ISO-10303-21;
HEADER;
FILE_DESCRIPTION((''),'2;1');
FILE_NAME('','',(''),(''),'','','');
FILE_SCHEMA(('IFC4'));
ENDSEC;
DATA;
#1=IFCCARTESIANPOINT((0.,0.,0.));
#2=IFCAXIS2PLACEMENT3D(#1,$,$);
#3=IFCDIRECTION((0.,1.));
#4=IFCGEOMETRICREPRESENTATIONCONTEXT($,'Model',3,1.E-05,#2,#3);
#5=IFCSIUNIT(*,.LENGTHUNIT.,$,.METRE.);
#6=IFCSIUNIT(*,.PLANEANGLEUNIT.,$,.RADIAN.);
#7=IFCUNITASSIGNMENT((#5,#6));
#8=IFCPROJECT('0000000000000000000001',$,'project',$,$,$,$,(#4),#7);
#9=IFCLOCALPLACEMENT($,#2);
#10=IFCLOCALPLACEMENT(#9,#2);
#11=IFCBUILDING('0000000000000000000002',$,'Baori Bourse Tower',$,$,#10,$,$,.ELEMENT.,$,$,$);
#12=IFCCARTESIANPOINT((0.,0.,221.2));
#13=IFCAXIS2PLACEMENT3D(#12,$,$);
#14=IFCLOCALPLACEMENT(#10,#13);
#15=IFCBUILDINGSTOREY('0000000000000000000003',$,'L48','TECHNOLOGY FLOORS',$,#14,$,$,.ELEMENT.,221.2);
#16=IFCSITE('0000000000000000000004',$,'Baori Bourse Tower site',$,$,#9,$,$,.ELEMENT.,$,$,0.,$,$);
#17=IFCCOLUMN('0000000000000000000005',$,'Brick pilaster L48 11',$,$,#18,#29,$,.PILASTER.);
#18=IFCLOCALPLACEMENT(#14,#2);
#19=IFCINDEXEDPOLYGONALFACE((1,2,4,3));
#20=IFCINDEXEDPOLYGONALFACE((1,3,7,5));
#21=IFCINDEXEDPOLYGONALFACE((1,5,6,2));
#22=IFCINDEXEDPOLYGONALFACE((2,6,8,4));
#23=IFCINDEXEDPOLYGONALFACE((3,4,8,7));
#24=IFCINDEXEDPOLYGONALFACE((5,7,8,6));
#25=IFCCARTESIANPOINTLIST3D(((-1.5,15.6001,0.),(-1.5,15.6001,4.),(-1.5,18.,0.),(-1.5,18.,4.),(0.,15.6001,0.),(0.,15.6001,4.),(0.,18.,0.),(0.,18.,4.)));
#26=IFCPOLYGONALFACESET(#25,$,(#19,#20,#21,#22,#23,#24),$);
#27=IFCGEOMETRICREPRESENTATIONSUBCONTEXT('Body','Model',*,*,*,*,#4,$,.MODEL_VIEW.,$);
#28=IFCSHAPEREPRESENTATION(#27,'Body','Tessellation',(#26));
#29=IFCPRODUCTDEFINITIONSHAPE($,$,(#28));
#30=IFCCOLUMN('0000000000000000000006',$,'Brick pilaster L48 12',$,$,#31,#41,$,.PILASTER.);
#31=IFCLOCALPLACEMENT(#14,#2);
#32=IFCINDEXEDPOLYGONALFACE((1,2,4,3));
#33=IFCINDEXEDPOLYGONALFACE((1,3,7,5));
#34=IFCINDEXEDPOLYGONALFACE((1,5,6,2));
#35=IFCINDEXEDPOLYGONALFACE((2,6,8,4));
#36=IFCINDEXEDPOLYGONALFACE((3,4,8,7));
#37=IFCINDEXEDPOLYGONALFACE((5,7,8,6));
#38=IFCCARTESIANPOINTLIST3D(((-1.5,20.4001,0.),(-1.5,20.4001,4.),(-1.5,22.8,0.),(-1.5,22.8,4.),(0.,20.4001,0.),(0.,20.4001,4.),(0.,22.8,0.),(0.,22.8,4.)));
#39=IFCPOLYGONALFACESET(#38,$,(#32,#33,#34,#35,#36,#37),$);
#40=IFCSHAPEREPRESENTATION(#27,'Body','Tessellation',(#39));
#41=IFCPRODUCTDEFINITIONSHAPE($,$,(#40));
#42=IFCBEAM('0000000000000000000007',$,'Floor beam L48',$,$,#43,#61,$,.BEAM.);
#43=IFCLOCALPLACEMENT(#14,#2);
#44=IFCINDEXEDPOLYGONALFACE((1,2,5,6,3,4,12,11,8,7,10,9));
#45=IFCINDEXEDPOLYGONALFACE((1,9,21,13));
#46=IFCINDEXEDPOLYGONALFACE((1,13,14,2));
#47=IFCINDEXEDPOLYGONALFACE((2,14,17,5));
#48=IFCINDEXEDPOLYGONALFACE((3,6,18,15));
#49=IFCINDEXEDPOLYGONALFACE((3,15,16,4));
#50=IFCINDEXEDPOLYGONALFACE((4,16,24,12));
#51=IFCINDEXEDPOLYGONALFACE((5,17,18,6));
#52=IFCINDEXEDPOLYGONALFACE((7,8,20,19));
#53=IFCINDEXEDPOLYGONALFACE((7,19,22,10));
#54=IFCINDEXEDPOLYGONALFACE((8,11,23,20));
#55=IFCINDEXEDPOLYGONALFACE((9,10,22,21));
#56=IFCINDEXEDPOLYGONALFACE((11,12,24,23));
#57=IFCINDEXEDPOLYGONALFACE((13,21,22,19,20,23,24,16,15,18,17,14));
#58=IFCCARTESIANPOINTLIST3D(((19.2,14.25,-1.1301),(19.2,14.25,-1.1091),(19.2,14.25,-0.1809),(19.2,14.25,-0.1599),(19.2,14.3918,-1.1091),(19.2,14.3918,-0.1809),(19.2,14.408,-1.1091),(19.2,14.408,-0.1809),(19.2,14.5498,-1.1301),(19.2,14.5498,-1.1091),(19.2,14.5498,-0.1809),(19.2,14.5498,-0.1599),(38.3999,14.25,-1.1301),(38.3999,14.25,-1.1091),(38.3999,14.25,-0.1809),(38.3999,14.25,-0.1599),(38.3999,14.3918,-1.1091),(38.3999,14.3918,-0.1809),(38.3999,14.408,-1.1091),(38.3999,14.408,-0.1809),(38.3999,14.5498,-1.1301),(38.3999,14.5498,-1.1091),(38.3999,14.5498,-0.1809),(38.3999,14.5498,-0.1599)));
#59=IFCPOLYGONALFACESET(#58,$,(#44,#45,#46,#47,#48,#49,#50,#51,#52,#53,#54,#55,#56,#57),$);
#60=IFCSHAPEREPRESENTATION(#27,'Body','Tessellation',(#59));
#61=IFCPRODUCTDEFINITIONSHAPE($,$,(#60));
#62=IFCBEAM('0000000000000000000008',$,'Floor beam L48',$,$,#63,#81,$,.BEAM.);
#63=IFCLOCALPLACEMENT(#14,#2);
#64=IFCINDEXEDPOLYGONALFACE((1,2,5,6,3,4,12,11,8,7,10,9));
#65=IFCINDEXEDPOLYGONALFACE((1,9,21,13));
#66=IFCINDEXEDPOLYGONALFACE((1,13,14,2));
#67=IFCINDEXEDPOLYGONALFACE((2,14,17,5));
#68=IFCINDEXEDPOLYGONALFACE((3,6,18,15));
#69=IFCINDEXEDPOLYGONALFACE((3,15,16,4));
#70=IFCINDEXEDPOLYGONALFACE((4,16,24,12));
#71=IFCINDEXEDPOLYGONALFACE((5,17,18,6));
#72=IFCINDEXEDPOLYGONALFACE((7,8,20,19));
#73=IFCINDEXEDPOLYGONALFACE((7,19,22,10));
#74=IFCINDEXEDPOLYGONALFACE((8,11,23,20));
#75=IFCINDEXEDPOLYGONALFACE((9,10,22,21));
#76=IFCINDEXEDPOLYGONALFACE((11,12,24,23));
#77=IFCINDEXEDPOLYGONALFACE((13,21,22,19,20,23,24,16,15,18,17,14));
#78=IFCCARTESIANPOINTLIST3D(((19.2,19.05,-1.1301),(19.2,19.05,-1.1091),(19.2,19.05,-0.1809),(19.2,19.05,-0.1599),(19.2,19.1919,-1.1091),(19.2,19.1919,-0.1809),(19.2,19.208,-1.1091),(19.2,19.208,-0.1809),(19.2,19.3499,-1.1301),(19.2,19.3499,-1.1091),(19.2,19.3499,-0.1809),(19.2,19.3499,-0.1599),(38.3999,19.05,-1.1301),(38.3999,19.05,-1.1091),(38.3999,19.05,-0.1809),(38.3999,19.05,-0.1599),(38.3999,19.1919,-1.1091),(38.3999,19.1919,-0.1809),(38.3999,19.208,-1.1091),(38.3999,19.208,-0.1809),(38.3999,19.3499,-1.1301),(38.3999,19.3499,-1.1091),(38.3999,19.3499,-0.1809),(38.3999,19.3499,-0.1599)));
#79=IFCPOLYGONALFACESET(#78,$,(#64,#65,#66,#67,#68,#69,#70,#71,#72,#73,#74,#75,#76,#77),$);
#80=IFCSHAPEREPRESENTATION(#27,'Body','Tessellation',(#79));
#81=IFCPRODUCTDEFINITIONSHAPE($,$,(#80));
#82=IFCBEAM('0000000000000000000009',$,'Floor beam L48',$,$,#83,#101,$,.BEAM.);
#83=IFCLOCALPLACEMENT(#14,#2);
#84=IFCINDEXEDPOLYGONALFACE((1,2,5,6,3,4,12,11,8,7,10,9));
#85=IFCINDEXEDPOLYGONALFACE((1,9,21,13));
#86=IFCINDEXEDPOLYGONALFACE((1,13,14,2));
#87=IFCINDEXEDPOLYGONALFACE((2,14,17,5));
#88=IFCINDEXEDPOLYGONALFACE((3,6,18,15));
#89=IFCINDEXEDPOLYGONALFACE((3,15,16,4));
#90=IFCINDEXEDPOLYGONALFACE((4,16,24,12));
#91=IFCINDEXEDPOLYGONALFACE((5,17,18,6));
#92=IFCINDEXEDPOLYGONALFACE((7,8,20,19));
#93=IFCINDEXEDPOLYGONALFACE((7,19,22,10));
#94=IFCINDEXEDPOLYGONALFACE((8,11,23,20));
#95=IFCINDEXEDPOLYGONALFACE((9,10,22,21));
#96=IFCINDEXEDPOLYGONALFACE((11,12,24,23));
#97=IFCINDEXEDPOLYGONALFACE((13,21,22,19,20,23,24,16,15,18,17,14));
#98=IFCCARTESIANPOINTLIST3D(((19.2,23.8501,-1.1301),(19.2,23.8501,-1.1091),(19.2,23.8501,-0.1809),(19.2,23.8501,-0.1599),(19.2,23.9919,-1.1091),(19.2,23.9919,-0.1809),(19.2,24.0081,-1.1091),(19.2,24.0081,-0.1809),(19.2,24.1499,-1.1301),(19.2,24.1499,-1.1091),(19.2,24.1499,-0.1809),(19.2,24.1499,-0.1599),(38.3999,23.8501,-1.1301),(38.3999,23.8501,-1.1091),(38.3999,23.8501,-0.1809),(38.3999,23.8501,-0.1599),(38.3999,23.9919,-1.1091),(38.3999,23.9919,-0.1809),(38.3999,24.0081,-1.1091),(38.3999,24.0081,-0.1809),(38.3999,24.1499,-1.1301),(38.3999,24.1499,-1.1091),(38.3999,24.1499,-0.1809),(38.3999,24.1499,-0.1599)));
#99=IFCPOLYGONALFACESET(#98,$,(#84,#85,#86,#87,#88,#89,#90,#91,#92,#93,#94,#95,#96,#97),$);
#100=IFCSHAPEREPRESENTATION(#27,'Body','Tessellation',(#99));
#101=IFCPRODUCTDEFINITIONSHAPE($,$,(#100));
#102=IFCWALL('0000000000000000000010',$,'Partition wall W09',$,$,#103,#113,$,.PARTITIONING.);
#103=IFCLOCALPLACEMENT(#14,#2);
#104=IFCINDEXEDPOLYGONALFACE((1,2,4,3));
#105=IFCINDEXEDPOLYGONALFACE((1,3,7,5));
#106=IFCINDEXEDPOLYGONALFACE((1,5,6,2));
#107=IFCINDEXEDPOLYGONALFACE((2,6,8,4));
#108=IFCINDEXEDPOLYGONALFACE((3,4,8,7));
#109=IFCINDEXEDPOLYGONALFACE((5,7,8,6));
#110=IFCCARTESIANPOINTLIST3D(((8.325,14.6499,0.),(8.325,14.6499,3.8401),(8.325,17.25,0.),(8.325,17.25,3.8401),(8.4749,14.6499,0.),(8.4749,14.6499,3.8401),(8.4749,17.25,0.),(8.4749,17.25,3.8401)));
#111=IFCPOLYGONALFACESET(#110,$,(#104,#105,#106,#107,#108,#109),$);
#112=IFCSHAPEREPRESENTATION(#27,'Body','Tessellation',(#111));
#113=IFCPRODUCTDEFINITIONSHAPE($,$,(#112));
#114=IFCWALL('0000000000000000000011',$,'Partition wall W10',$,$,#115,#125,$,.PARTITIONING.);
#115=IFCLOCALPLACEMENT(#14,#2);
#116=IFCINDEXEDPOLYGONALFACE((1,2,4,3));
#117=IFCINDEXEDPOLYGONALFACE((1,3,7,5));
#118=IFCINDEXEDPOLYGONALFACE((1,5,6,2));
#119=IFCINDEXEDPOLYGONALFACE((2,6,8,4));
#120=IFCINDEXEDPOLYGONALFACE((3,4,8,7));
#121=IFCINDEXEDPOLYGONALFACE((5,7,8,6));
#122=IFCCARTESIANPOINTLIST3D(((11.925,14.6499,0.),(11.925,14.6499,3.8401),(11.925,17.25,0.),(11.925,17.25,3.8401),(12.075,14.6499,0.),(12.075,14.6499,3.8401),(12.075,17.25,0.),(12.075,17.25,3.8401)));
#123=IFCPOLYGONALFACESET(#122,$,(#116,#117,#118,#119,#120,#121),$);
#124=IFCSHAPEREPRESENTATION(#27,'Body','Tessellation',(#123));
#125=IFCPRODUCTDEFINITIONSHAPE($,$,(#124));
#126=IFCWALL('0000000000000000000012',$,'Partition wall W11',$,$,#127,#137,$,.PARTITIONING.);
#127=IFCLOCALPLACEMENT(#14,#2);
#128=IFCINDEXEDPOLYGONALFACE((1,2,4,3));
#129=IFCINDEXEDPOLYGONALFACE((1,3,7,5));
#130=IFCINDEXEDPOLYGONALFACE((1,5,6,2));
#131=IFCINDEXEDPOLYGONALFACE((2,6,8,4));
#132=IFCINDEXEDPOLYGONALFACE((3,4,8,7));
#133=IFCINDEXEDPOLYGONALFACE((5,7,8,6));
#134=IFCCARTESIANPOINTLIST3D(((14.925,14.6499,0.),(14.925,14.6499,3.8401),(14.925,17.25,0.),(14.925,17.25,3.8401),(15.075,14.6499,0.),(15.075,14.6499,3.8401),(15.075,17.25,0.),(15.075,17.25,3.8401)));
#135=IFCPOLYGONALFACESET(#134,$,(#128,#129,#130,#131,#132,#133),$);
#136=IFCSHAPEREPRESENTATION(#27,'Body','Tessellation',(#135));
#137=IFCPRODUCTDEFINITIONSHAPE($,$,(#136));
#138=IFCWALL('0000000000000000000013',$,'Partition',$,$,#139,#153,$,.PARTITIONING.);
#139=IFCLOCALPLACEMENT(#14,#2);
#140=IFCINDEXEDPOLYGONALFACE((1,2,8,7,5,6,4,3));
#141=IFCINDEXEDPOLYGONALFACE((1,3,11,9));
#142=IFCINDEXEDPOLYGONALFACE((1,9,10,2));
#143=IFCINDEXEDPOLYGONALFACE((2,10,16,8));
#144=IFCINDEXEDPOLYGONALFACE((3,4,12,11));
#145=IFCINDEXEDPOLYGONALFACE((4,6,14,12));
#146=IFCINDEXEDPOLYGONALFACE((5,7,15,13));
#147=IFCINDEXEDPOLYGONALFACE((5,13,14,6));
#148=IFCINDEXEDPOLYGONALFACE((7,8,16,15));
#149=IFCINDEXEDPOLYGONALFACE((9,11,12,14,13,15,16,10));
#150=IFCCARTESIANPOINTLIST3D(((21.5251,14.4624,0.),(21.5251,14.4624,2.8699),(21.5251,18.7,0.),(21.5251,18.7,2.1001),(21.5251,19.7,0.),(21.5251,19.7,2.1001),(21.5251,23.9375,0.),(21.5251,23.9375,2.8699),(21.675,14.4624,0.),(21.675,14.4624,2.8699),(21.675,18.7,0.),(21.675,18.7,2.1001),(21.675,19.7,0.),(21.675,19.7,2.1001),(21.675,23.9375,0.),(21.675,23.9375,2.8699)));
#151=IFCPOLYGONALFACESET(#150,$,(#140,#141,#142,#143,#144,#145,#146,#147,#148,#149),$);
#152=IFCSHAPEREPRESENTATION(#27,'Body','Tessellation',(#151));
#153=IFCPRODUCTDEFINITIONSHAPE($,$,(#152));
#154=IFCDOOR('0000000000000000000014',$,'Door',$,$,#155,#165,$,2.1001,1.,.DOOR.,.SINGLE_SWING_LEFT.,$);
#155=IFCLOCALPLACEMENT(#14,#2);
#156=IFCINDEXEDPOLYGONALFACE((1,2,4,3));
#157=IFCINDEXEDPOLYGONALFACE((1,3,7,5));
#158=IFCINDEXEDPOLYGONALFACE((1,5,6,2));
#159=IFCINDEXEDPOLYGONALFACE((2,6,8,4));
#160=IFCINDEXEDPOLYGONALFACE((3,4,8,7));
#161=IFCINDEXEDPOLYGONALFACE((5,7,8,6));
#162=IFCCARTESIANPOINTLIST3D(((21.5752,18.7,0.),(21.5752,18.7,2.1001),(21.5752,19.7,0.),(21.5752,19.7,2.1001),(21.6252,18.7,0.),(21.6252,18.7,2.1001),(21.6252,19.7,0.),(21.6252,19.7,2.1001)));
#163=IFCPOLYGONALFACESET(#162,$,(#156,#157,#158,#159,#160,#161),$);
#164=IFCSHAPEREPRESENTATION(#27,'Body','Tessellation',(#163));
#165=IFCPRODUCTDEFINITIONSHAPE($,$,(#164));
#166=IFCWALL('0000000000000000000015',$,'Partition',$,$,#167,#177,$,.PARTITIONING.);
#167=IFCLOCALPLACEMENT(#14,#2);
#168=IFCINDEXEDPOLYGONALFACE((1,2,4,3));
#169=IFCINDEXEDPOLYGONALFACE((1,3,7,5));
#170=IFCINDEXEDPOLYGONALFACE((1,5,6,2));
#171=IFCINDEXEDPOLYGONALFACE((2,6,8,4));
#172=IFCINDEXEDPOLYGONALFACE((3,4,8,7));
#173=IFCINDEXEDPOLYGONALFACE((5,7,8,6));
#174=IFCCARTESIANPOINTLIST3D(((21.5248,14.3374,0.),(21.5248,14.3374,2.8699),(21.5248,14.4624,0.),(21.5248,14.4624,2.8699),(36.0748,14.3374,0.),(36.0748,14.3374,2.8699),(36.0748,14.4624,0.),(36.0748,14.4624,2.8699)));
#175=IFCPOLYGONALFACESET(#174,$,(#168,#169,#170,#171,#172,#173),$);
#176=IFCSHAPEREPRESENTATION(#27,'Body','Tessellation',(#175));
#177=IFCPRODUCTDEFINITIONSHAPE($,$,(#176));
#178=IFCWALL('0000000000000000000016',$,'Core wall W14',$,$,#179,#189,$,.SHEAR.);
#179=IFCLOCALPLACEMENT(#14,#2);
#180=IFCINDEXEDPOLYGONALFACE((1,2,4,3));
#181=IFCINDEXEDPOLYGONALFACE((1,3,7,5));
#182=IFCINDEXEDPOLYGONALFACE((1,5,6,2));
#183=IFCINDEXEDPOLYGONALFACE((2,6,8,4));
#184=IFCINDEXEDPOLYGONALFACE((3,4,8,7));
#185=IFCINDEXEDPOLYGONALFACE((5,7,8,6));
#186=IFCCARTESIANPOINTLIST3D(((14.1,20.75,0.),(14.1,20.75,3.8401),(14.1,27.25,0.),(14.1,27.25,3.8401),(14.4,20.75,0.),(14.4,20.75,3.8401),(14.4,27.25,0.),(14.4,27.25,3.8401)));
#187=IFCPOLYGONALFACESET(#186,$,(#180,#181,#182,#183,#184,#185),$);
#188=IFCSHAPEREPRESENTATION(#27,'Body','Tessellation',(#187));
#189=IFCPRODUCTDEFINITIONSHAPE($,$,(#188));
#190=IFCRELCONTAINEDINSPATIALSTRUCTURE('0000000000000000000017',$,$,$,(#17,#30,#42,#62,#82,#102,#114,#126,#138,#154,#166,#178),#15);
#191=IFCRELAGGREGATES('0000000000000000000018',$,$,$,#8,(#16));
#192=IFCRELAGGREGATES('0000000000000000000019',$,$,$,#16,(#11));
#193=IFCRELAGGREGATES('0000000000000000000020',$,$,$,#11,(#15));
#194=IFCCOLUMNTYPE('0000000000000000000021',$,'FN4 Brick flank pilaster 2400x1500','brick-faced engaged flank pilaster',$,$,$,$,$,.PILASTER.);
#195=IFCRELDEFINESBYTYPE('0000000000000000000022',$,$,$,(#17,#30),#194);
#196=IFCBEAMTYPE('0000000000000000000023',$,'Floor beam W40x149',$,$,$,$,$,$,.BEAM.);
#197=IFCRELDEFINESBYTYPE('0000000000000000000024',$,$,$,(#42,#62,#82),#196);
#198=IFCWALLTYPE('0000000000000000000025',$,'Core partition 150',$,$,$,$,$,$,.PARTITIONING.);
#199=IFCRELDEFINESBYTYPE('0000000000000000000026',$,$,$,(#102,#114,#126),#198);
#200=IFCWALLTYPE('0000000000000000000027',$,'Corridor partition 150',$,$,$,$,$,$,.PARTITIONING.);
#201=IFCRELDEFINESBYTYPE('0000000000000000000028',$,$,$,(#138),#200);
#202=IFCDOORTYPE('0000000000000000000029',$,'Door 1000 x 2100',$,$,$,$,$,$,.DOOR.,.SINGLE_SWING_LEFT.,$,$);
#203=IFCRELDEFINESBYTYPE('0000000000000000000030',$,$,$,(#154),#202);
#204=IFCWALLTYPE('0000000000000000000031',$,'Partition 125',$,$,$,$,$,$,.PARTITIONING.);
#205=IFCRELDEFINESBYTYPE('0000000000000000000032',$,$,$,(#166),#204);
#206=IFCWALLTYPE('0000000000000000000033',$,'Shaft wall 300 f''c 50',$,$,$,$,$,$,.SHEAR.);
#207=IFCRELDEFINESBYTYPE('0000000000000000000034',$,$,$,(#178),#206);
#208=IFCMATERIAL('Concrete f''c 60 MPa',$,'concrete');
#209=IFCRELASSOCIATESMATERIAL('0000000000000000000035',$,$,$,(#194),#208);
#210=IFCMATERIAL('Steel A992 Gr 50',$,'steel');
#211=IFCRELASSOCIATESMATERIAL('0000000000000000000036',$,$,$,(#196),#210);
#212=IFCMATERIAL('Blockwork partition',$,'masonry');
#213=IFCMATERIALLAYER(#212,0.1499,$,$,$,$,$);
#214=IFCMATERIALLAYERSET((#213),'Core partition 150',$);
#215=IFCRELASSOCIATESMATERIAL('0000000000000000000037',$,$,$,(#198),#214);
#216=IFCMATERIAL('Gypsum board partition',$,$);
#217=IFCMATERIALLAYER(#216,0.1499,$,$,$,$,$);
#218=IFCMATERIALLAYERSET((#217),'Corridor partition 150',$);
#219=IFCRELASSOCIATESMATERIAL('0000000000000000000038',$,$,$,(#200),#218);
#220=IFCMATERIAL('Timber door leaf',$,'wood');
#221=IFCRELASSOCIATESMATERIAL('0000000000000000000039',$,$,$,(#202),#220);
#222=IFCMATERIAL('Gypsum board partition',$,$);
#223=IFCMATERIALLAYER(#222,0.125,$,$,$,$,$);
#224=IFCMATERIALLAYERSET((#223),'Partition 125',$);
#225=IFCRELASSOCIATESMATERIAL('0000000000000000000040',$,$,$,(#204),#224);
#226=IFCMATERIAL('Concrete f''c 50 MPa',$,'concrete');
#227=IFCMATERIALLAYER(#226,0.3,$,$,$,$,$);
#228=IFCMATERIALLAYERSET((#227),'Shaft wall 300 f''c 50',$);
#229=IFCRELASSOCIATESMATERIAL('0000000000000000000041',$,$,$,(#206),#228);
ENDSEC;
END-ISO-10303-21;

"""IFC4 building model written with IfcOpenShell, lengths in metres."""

from ifc_helpers import new_model, si_unit, direction, frame, frame_2d, origin, origin_2d, place, context, subcontext, project, spatial, rectangle, i_section, extrude, material, layer, layer_set, material_profile, profile_set, type_object, element, fill, save


model = new_model("IFC4")

# Units and contexts
model_context = context("Model", 3, precision=1e-05, world=origin(), true_north=direction((0.0, 1.0)))
body_context = subcontext(model_context, "Body", "Model", "MODEL_VIEW")
ifc_project = project(units=[si_unit("LENGTHUNIT", "METRE"), si_unit("PLANEANGLEUNIT", "RADIAN")], contexts=[model_context])

# Site, building, storey
site_placement = place(None, origin())
site = spatial("IfcSite", under=ifc_project, at=site_placement, Name="Baori Bourse Tower site", CompositionType="ELEMENT", RefElevation=0.0)
building_placement = place(site_placement, origin())
building = spatial("IfcBuilding", under=site, at=building_placement, Name="Baori Bourse Tower", CompositionType="ELEMENT")
storey_placement = place(building_placement, frame((0.0, 0.0, 221.2)))
storey = spatial("IfcBuildingStorey", under=building, at=storey_placement, Name="L48", Description="TECHNOLOGY FLOORS", CompositionType="ELEMENT", Elevation=221.2)

# Columns
ifc_material_1 = material(Name="Concrete f'c 60 MPa", Category="concrete")
ifc_material_profile_1 = material_profile(ifc_material_1, rectangle(XDim=2.3999, YDim=1.5, at=origin_2d()), Name="RC 2400x1500")
ifc_profile_set_1 = profile_set([ifc_material_profile_1], Name="Concrete f'c 60 MPa")
column_type = type_object("IfcColumnType", Name="FN4 Brick flank pilaster 2400x1500", Description="brick-faced engaged flank pilaster", PredefinedType="PILASTER", material=ifc_profile_set_1)
for number, where, z_axis, x_axis, name in (
    (1, (-0.75, 16.8, 0.0), (0.0, 0.0, 1.0), (0.0, 1.0, 0.0), "Brick pilaster L48 11"),
    (2, (-0.75, 21.6001, 0.0), (0.0, 0.0, 1.0), (0.0, 1.0, 0.0), "Brick pilaster L48 12"),
):
    element("IfcColumn", number, at=place(storey_placement, frame(where, z_axis=z_axis, x_axis=x_axis)), inside=storey, type_object=column_type, Name=name, PredefinedType="PILASTER", context=body_context, shape_type="SweptSolid", body=[
        extrude(rectangle(XDim=2.3999, YDim=1.5, at=origin_2d()), origin(), (0.0, 0.0, 1.0), 4.0),
    ])

# Beams
ifc_material_2 = material(Name="Steel A992 Gr 50", Category="steel")
ifc_material_profile_2 = material_profile(ifc_material_2, i_section(OverallWidth=0.2998, OverallDepth=0.9702, WebThickness=0.0161, FlangeThickness=0.021, at=origin_2d()), Name="W40x149")
ifc_profile_set_2 = profile_set([ifc_material_profile_2], Name="Steel A992 Gr 50")
beam_type = type_object("IfcBeamType", Name="Floor beam W40x149", PredefinedType="BEAM", material=ifc_profile_set_2)
for number, where, z_axis, x_axis, name in (
    (3, (19.2, 14.3999, -0.645), (1.0, 0.0, 0.0), (0.0, 1.0, 0.0), "Floor beam L48"),
    (4, (19.2, 19.2, -0.645), (1.0, 0.0, 0.0), (0.0, 1.0, 0.0), "Floor beam L48"),
    (5, (19.2, 24.0, -0.645), (1.0, 0.0, 0.0), (0.0, 1.0, 0.0), "Floor beam L48"),
):
    element("IfcBeam", number, at=place(storey_placement, frame(where, z_axis=z_axis, x_axis=x_axis)), inside=storey, type_object=beam_type, Name=name, PredefinedType="BEAM", context=body_context, shape_type="SweptSolid", body=[
        extrude(i_section(OverallWidth=0.2998, OverallDepth=0.9702, WebThickness=0.0161, FlangeThickness=0.021, at=origin_2d()), origin(), (0.0, 0.0, 1.0), 19.2),
    ])

# Walls
ifc_material_3 = material(Name="Blockwork partition", Category="masonry")
ifc_layer_1 = layer(ifc_material_3, 0.1499)
ifc_layer_set_1 = layer_set([ifc_layer_1], Name="Core partition 150")
wall_type_1 = type_object("IfcWallType", Name="Core partition 150", PredefinedType="PARTITIONING", material=ifc_layer_set_1)
for number, where, z_axis, x_axis, name in (
    (6, (8.3999, 14.6499, 0.0), (0.0, 0.0, 1.0), (0.0, 1.0, 0.0), "Partition wall W09"),
    (7, (12.0, 14.6499, 0.0), (0.0, 0.0, 1.0), (0.0, 1.0, 0.0), "Partition wall W10"),
    (8, (15.0, 14.6499, 0.0), (0.0, 0.0, 1.0), (0.0, 1.0, 0.0), "Partition wall W11"),
):
    element("IfcWall", number, at=place(storey_placement, frame(where, z_axis=z_axis, x_axis=x_axis)), inside=storey, type_object=wall_type_1, Name=name, PredefinedType="PARTITIONING", context=body_context, shape_type="SweptSolid", body=[
        extrude(rectangle(XDim=2.6001, YDim=0.1499, at=frame_2d((1.3, 0.0))), origin(), (0.0, 0.0, 1.0), 3.8401),
    ])

# Wall, opening, door
ifc_material_4 = material(Name="Gypsum board partition")
ifc_layer_2 = layer(ifc_material_4, 0.1499)
ifc_layer_set_2 = layer_set([ifc_layer_2], Name="Corridor partition 150")
wall_type_2 = type_object("IfcWallType", Name="Corridor partition 150", PredefinedType="PARTITIONING", material=ifc_layer_set_2)
wall_1_placement = place(storey_placement, frame((21.6001, 14.4624, 0.0), z_axis=(0.0, 0.0, 1.0), x_axis=(0.0, 1.0, 0.0)))
wall_1 = element("IfcWall", 9, at=wall_1_placement, inside=storey, type_object=wall_type_2, Name="Partition", PredefinedType="PARTITIONING", context=body_context, shape_type="SweptSolid", body=[
    extrude(rectangle(XDim=9.4751, YDim=0.1499, at=frame_2d((4.7375, 0.0))), origin(), (0.0, 0.0, 1.0), 2.8699),
])
opening_1_placement = place(wall_1_placement, frame((4.2375, 0.0, 0.0)))
opening_1 = element("IfcOpeningElement", 10, at=opening_1_placement, cuts=wall_1, PredefinedType="OPENING", context=body_context, shape_type="SweptSolid", body=[
    extrude(rectangle(XDim=1.0, YDim=2.1001, at=frame_2d((0.5, 1.05))), frame((0.0, 0.085, 0.0), z_axis=(0.0, -1.0, 0.0), x_axis=(1.0, 0.0, 0.0)), (0.0, 0.0, 1.0), 0.1699),
])
ifc_material_5 = material(Name="Timber door leaf", Category="wood")
door_type_1 = type_object("IfcDoorType", Name="Door 1000 x 2100", OperationType="SINGLE_SWING_LEFT", PredefinedType="DOOR", material=ifc_material_5)
door_1_placement = place(opening_1_placement, origin())
door_1 = element("IfcDoor", 11, at=door_1_placement, inside=storey, type_object=door_type_1, Name="Door", OperationType="SINGLE_SWING_LEFT", OverallHeight=2.1001, OverallWidth=1.0, PredefinedType="DOOR", context=body_context, shape_type="SweptSolid", body=[
    extrude(rectangle(XDim=1.0, YDim=2.1001, at=frame_2d((0.5, 1.05))), frame((0.0, 0.0249, 0.0), z_axis=(0.0, -1.0, 0.0), x_axis=(1.0, 0.0, 0.0)), (0.0, 0.0, 1.0), 0.05),
])
fill(opening_1, door_1)

# Walls
ifc_material_6 = material(Name="Gypsum board partition")
ifc_layer_3 = layer(ifc_material_6, 0.125)
ifc_layer_set_3 = layer_set([ifc_layer_3], Name="Partition 125")
wall_type_3 = type_object("IfcWallType", Name="Partition 125", PredefinedType="PARTITIONING", material=ifc_layer_set_3)
wall_2_placement = place(storey_placement, frame((21.5249, 14.3999, 0.0), z_axis=(0.0, 0.0, 1.0), x_axis=(1.0, 0.0, 0.0)))
element("IfcWall", 12, at=wall_2_placement, inside=storey, type_object=wall_type_3, Name="Partition", PredefinedType="PARTITIONING", context=body_context, shape_type="SweptSolid", body=[
    extrude(rectangle(XDim=14.55, YDim=0.125, at=frame_2d((7.2749, 0.0))), origin(), (0.0, 0.0, 1.0), 2.8699),
])
ifc_material_7 = material(Name="Concrete f'c 50 MPa", Category="concrete")
ifc_layer_4 = layer(ifc_material_7, 0.3)
ifc_layer_set_4 = layer_set([ifc_layer_4], Name="Shaft wall 300 f'c 50")
wall_type_4 = type_object("IfcWallType", Name="Shaft wall 300 f'c 50", PredefinedType="SHEAR", material=ifc_layer_set_4)
wall_3_placement = place(storey_placement, frame((14.25, 20.75, 0.0), z_axis=(0.0, 0.0, 1.0), x_axis=(0.0, 1.0, 0.0)))
element("IfcWall", 13, at=wall_3_placement, inside=storey, type_object=wall_type_4, Name="Core wall W14", PredefinedType="SHEAR", context=body_context, shape_type="SweptSolid", body=[
    extrude(rectangle(XDim=6.5, YDim=0.3, at=frame_2d((3.25, 0.0))), origin(), (0.0, 0.0, 1.0), 3.8401),
])

save(model, "model.ifc")
